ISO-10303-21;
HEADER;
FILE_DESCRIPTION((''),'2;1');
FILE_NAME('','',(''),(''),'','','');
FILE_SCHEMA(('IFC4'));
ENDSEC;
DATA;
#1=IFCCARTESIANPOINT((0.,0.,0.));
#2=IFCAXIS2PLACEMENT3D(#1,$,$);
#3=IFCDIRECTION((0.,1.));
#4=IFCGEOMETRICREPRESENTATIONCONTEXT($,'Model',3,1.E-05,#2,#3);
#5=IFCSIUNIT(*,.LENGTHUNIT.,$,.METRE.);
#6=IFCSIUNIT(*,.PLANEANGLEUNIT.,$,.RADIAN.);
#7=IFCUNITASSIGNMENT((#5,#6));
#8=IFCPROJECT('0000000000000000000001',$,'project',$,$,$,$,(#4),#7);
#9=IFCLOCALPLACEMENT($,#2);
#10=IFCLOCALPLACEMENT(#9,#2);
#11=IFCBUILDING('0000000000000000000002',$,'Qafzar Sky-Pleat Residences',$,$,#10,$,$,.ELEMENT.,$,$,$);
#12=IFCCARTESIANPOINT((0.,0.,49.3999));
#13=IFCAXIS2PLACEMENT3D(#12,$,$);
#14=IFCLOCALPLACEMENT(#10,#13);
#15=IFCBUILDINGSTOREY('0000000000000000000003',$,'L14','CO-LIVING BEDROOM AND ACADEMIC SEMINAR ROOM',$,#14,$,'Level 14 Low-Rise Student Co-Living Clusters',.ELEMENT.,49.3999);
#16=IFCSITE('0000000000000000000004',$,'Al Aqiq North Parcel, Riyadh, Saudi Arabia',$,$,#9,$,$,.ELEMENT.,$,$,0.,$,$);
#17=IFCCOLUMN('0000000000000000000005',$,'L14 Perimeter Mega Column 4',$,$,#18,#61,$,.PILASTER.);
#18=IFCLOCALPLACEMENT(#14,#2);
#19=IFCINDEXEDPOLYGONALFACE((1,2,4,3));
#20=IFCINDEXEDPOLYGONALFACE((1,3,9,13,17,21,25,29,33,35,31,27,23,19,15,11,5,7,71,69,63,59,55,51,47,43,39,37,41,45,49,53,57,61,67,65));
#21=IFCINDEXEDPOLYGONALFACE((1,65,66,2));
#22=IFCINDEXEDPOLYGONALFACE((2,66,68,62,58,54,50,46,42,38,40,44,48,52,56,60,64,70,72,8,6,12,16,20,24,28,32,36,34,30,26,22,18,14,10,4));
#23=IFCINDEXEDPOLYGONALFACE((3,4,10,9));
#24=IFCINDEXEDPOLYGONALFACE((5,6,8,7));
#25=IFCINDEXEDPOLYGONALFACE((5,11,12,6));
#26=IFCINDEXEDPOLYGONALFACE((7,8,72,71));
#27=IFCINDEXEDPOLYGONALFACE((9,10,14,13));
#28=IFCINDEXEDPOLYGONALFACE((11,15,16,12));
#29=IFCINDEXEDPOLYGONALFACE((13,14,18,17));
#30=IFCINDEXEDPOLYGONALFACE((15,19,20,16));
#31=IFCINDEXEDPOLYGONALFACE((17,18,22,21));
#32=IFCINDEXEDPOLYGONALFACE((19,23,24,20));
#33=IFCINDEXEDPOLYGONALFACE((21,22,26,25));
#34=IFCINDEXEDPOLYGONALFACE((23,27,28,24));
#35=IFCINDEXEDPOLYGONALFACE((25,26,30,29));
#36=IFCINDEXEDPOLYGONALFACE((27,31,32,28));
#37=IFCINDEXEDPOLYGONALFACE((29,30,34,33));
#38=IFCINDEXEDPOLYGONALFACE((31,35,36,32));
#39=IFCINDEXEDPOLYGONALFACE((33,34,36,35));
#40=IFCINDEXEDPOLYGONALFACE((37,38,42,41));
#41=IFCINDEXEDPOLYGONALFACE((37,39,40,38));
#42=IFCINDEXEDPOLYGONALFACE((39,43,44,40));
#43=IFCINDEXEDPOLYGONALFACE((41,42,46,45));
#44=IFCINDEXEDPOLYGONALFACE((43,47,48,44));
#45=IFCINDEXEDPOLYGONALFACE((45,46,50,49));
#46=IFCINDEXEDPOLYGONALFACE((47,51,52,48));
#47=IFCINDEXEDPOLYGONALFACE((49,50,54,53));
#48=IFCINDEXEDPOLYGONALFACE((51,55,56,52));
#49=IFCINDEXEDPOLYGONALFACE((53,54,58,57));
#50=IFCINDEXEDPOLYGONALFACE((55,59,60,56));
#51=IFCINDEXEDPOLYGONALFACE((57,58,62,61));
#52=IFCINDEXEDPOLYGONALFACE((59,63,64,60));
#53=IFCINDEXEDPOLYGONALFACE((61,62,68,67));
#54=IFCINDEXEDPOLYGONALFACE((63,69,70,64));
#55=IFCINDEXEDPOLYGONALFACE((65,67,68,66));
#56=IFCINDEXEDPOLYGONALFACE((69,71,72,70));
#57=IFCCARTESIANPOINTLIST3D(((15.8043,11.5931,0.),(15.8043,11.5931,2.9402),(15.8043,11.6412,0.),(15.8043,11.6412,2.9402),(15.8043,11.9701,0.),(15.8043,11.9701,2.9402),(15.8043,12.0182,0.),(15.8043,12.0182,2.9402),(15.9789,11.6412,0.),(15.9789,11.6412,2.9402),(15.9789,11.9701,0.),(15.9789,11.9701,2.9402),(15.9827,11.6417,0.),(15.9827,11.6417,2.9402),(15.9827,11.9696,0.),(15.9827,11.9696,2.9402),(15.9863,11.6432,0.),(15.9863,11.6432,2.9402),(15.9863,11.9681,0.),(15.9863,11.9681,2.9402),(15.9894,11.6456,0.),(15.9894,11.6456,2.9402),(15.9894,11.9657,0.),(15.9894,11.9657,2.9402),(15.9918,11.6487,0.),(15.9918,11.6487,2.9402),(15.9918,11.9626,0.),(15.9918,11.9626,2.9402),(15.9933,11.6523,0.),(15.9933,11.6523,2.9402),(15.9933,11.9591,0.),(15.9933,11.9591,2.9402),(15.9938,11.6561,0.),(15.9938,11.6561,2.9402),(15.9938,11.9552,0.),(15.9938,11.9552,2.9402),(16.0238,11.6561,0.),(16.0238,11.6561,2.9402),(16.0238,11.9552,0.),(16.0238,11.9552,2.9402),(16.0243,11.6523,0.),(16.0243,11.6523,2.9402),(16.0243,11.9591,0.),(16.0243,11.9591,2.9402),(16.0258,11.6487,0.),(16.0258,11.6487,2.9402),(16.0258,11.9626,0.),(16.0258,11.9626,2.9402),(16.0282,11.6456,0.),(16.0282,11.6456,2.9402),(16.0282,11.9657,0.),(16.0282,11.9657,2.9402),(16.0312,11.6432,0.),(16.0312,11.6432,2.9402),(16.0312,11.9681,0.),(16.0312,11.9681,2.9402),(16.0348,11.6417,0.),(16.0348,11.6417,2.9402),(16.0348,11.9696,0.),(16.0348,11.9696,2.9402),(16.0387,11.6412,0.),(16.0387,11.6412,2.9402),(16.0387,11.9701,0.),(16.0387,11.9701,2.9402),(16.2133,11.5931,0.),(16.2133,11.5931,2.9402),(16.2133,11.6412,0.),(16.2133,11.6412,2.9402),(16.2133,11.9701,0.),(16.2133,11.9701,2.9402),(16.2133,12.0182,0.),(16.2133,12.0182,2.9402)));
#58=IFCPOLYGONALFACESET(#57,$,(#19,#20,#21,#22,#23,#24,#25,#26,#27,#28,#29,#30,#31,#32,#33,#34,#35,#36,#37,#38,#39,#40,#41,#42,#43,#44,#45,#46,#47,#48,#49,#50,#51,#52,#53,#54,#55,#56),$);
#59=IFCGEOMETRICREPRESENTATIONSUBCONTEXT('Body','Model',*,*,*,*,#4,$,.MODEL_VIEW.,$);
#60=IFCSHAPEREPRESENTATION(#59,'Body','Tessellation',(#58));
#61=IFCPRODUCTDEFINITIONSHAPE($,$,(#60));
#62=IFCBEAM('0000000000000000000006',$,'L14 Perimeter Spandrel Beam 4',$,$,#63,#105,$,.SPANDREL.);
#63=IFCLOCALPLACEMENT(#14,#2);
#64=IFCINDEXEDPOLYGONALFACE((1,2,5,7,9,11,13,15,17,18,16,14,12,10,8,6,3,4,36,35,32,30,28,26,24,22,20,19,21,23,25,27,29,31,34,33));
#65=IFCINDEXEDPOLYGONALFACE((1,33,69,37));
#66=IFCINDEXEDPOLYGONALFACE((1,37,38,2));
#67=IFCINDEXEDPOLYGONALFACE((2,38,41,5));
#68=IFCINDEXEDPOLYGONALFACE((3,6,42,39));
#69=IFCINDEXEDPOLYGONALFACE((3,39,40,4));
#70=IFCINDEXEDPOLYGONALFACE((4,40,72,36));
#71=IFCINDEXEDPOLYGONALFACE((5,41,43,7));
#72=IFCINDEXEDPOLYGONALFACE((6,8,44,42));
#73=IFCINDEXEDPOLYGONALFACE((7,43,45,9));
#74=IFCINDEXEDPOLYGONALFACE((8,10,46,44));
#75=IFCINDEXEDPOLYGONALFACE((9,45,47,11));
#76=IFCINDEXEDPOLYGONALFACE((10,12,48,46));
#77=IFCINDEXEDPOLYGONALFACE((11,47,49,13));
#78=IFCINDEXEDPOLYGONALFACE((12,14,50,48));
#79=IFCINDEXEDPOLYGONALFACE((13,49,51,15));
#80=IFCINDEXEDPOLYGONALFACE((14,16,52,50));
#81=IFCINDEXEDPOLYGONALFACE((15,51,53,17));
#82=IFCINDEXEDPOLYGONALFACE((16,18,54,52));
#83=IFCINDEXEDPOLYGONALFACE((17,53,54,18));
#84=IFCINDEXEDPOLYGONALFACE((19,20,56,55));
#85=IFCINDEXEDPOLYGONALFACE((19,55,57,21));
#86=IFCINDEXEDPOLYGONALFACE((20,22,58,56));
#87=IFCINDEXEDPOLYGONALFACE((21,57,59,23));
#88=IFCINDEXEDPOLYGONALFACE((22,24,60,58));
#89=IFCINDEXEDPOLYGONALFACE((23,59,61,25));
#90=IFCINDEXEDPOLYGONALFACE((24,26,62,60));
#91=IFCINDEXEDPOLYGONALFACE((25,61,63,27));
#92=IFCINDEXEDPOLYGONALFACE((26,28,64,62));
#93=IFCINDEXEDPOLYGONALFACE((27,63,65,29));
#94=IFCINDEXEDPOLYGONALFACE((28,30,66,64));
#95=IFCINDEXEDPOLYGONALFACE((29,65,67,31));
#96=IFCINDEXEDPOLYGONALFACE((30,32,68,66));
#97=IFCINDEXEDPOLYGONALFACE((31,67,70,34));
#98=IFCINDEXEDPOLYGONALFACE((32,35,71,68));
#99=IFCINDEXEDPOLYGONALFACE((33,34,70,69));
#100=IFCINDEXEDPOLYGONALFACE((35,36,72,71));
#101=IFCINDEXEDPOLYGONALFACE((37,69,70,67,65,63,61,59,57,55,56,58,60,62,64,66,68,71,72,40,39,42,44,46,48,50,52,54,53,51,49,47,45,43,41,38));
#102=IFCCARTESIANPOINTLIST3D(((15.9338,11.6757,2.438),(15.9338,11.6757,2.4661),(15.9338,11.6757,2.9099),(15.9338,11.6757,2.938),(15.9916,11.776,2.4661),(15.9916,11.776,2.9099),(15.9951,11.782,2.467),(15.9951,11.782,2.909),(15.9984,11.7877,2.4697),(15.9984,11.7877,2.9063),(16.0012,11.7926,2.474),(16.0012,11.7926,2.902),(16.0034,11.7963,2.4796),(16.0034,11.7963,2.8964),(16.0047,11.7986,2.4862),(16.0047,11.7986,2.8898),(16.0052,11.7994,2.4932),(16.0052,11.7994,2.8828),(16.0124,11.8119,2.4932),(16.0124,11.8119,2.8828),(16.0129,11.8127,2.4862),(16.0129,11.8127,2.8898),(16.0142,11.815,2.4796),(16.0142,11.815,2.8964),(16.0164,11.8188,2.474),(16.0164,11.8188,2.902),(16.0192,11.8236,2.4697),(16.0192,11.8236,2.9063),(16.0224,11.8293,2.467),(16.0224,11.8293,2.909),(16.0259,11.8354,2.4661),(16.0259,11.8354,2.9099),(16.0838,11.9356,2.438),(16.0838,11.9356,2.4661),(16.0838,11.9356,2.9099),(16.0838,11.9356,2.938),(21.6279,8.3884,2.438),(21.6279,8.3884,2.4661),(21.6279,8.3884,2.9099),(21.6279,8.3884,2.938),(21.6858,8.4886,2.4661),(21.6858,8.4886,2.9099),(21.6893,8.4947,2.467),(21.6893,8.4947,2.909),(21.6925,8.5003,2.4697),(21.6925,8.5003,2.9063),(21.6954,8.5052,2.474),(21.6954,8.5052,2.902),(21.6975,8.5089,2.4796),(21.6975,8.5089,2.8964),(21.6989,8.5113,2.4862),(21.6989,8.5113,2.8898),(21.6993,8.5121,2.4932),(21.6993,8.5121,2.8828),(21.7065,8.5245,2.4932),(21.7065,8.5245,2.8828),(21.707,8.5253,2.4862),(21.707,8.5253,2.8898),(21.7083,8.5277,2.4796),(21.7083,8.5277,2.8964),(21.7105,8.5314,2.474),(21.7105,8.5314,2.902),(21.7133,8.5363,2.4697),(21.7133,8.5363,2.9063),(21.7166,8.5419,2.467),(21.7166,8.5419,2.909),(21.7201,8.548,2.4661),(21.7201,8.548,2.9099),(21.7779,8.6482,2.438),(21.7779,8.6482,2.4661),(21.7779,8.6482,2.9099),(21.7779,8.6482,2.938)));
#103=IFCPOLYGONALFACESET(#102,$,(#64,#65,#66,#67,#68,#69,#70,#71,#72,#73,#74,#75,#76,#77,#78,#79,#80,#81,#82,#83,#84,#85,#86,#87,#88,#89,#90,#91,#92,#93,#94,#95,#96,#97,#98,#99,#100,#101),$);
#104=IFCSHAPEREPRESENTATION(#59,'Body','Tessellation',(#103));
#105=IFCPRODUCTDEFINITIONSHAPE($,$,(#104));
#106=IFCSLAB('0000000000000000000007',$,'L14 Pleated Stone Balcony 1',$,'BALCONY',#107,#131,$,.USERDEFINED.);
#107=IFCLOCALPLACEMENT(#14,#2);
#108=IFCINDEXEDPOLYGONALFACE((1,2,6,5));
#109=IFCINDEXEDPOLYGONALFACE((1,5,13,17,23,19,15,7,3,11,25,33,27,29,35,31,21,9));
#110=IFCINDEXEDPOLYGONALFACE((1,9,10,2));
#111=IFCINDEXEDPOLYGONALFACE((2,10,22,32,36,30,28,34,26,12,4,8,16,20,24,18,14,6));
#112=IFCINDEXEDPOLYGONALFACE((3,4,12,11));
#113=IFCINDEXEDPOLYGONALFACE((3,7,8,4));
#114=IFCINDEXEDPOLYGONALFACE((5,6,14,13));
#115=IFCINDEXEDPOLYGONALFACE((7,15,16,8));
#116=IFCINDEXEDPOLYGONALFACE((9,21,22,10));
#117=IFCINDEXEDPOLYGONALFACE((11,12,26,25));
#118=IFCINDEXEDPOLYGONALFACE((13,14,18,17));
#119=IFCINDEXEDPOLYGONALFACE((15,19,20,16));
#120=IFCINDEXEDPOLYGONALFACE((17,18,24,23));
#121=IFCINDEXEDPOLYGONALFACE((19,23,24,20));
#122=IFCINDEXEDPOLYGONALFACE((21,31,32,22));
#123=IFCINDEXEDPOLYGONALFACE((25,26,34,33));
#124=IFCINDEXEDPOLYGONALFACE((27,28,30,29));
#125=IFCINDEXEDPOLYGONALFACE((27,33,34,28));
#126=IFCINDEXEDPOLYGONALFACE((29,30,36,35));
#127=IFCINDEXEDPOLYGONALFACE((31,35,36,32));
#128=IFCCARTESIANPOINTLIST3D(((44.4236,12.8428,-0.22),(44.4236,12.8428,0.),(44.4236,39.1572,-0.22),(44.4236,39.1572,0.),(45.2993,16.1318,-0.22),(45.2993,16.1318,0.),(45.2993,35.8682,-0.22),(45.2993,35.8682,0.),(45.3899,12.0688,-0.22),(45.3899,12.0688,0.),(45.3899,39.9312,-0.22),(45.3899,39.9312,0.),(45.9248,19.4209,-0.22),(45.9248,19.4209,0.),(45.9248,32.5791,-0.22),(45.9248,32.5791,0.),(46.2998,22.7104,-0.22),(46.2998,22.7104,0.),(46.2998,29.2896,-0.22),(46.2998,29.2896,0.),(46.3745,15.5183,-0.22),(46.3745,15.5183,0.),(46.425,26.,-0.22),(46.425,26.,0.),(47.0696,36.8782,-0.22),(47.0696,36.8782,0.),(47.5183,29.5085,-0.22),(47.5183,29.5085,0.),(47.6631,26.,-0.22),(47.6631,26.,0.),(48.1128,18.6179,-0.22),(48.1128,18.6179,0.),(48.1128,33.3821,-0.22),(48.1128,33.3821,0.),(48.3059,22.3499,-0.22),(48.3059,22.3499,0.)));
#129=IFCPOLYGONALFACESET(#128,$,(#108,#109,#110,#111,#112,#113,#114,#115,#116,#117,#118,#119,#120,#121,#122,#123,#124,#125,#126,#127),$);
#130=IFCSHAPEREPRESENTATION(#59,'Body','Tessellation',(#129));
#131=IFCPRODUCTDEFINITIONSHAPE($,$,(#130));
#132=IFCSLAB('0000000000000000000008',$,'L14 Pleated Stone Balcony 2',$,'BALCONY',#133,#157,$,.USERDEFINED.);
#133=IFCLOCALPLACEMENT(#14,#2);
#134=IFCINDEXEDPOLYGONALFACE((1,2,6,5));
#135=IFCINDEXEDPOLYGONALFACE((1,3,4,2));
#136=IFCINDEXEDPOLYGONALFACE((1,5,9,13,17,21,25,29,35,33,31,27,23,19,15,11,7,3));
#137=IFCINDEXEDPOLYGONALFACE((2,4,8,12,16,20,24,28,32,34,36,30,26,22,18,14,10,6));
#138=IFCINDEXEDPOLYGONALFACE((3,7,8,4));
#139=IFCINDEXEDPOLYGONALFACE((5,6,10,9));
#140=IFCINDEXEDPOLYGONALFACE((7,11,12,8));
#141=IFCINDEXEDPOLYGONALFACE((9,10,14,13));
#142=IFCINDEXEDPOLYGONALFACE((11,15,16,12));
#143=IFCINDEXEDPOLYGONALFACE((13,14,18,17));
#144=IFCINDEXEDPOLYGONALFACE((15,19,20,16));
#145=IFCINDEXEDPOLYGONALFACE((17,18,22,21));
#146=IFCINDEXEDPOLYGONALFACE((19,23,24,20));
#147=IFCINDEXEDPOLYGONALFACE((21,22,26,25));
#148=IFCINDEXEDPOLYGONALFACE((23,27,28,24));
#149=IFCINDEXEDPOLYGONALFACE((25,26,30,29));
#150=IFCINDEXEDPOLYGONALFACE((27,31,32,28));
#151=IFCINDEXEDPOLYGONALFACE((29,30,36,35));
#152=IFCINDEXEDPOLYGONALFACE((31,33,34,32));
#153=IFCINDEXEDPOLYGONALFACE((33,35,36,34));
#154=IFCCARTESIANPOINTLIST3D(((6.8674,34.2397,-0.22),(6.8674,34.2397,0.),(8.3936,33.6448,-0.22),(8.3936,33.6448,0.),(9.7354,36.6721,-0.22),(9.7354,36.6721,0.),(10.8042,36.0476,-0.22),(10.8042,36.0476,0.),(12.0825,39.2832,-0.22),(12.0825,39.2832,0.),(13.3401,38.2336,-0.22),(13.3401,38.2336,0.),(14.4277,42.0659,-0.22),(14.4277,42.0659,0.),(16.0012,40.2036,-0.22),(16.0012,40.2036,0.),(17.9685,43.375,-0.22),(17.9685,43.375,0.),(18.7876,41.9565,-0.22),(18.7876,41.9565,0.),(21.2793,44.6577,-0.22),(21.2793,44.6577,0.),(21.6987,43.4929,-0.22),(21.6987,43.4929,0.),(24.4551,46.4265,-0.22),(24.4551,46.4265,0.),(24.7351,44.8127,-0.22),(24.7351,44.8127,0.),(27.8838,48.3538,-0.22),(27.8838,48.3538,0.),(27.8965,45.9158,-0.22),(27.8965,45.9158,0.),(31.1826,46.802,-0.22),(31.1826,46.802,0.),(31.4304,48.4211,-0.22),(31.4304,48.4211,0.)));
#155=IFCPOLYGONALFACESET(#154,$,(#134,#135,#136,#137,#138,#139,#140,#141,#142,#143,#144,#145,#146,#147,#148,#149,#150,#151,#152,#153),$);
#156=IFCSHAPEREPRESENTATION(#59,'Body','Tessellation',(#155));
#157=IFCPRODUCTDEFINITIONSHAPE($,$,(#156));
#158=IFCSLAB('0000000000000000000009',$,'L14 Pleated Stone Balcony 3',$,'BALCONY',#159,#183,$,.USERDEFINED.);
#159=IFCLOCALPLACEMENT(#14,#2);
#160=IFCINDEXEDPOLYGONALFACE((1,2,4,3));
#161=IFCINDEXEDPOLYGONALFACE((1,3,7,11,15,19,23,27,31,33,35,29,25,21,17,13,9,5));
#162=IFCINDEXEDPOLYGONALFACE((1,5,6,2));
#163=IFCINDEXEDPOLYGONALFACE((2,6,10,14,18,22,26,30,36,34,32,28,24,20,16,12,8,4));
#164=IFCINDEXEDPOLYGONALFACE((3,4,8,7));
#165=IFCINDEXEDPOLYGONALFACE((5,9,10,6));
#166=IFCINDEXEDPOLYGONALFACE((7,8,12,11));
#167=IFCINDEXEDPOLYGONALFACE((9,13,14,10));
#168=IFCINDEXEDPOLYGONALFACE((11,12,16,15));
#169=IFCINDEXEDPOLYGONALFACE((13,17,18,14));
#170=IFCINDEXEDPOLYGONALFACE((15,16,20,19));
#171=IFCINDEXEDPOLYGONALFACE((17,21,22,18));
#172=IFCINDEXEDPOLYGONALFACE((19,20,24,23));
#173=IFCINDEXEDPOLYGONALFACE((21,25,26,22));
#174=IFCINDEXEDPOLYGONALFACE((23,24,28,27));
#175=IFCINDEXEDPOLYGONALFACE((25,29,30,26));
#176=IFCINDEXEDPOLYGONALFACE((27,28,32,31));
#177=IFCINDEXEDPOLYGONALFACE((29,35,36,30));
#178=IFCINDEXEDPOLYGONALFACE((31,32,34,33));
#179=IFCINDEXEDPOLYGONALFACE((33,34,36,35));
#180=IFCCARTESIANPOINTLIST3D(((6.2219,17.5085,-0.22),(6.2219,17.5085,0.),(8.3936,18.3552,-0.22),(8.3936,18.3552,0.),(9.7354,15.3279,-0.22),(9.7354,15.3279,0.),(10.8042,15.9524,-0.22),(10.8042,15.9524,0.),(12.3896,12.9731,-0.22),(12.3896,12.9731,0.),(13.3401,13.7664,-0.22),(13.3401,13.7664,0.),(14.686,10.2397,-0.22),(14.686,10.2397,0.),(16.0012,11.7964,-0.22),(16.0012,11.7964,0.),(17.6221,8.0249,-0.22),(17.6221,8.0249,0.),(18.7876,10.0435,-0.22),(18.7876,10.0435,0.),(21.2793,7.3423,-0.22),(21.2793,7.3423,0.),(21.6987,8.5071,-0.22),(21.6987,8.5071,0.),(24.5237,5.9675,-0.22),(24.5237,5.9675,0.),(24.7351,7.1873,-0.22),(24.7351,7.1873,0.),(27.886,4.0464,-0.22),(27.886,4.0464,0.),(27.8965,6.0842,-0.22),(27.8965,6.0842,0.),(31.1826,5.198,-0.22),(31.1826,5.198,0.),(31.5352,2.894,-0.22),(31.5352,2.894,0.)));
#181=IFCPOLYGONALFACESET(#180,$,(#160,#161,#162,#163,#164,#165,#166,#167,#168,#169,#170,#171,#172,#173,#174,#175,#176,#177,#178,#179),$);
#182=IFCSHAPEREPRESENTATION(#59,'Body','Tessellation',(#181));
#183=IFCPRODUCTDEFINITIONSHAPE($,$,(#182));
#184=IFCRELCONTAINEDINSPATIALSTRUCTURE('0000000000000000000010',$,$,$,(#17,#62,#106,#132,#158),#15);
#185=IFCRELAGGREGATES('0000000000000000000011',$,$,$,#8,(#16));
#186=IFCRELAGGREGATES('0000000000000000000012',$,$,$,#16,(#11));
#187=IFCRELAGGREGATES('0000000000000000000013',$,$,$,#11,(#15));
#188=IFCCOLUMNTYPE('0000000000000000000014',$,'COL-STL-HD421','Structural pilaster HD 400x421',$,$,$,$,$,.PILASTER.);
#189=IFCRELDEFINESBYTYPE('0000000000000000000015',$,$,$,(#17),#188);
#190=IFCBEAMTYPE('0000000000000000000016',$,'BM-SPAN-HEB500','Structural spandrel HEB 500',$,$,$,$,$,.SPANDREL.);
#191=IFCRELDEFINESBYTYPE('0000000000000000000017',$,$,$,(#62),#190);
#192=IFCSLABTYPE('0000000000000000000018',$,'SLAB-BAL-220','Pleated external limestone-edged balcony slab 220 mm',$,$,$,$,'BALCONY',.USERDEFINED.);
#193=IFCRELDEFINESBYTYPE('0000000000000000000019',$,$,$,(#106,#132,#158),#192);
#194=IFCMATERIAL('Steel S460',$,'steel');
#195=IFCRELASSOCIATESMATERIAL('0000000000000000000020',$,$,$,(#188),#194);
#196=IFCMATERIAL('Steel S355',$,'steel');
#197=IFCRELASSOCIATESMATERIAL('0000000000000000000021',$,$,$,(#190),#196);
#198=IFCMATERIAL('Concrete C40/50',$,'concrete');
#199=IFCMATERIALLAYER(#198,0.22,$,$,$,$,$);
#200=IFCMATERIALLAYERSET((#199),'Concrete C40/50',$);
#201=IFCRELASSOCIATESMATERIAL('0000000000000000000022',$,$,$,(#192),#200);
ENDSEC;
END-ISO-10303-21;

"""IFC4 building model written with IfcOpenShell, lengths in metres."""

from ifc_helpers import new_model, si_unit, direction, frame, origin, origin_2d, place, context, subcontext, project, spatial, polyline, i_section, outline, extrude, source, transform, mapped, material, layer, layer_set, material_profile, profile_set, type_object, element, save


model = new_model("IFC4")

# Units and contexts
model_context = context("Model", 3, precision=1e-05, world=origin(), true_north=direction((0.0, 1.0)))
body_context = subcontext(model_context, "Body", "Model", "MODEL_VIEW")
ifc_project = project(units=[si_unit("LENGTHUNIT", "METRE"), si_unit("PLANEANGLEUNIT", "RADIAN")], contexts=[model_context])

# Site, building, storey
site_placement = place(None, origin())
site = spatial("IfcSite", under=ifc_project, at=site_placement, Name="Al Aqiq North Parcel, Riyadh, Saudi Arabia", CompositionType="ELEMENT", RefElevation=0.0)
building_placement = place(site_placement, origin())
building = spatial("IfcBuilding", under=site, at=building_placement, Name="Qafzar Sky-Pleat Residences", CompositionType="ELEMENT")
storey_placement = place(building_placement, frame((0.0, 0.0, 49.3999)))
storey = spatial("IfcBuildingStorey", under=building, at=storey_placement, Name="L14", Description="CO-LIVING BEDROOM AND ACADEMIC SEMINAR ROOM", LongName="Level 14 Low-Rise Student Co-Living Clusters", CompositionType="ELEMENT", Elevation=49.3999)

# Column
ifc_material_1 = material(Name="Steel S460", Category="steel")
ifc_material_profile_1 = material_profile(ifc_material_1, i_section(OverallWidth=0.4089, OverallDepth=0.425, WebThickness=0.03, FlangeThickness=0.0481, FilletRadius=0.0149, at=origin_2d()), Name="HD 400x421")
ifc_profile_set_1 = profile_set([ifc_material_profile_1], Name="Steel S460")
column_type = type_object("IfcColumnType", Name="COL-STL-HD421", Description="Structural pilaster HD 400x421", PredefinedType="PILASTER", material=ifc_profile_set_1)
shared_shape_1 = source(origin(), body_context, "Body", "SweptSolid", [
    extrude(i_section(OverallWidth=0.4089, OverallDepth=0.425, WebThickness=0.03, FlangeThickness=0.0481, FilletRadius=0.0149, at=origin_2d()), origin(), (0.0, 0.0, 1.0), 2.9402),
])
column_placement = place(storey_placement, frame((16.0088, 11.8057, 0.0), z_axis=(0.0, 0.0, 1.0), x_axis=(1.0, 0.0, 0.0)))
element("IfcColumn", 1, at=column_placement, inside=storey, type_object=column_type, Name="L14 Perimeter Mega Column 4", PredefinedType="PILASTER", context=body_context, shape_type="MappedRepresentation", body=[
    mapped(shared_shape_1, transform((0.0, 0.0, 0.0), x_axis=(1.0, 0.0, 0.0), y_axis=(0.0, 1.0, 0.0), z_axis=(0.0, 0.0, 1.0), scale=1.0)),
])

# Beam
ifc_material_2 = material(Name="Steel S355", Category="steel")
ifc_material_profile_2 = material_profile(ifc_material_2, i_section(OverallWidth=0.3, OverallDepth=0.5, WebThickness=0.0144, FlangeThickness=0.0281, FilletRadius=0.0271, at=origin_2d()), Name="HEB 500")
ifc_profile_set_2 = profile_set([ifc_material_profile_2], Name="Steel S355")
beam_type = type_object("IfcBeamType", Name="BM-SPAN-HEB500", Description="Structural spandrel HEB 500", PredefinedType="SPANDREL", material=ifc_profile_set_2)
shared_shape_2 = source(origin(), body_context, "Body", "SweptSolid", [
    extrude(i_section(OverallWidth=0.3, OverallDepth=0.5, WebThickness=0.0144, FlangeThickness=0.0281, FilletRadius=0.0271, at=origin_2d()), origin(), (0.0, 0.0, 1.0), 6.575),
])
beam_placement = place(storey_placement, frame((16.0088, 11.8057, 2.688), z_axis=(0.866034, -0.499985, 0.0), x_axis=(0.499985, 0.866034, 0.0)))
element("IfcBeam", 2, at=beam_placement, inside=storey, type_object=beam_type, Name="L14 Perimeter Spandrel Beam 4", PredefinedType="SPANDREL", context=body_context, shape_type="MappedRepresentation", body=[
    mapped(shared_shape_2, transform((0.0, 0.0, 0.0), x_axis=(1.0, 0.0, 0.0), y_axis=(0.0, 1.0, 0.0), z_axis=(0.0, 0.0, 1.0), scale=1.0)),
])

# Slabs
ifc_material_3 = material(Name="Concrete C40/50", Category="concrete")
ifc_layer_1 = layer(ifc_material_3, 0.22)
ifc_layer_set_1 = layer_set([ifc_layer_1], Name="Concrete C40/50")
slab_type_1 = type_object("IfcSlabType", Name="SLAB-BAL-220", Description="Pleated external limestone-edged balcony slab 220 mm", ElementType="BALCONY", PredefinedType="USERDEFINED", material=ifc_layer_set_1)
slab_1_placement = place(storey_placement, frame((0.0, 0.0, -0.22)))
element("IfcSlab", 3, at=slab_1_placement, inside=storey, type_object=slab_type_1, Name="L14 Pleated Stone Balcony 1", ObjectType="BALCONY", PredefinedType="USERDEFINED", context=body_context, shape_type="SweptSolid", body=[
    extrude(outline(polyline([(45.2993, 16.1318), (45.9248, 19.4209), (46.2998, 22.7104), (46.425, 26.0), (46.2998, 29.2896), (45.9248, 32.5791), (45.2993, 35.8682), (44.4236, 39.1572), (45.3899, 39.9312), (47.0696, 36.8782), (48.1128, 33.3821), (47.5183, 29.5085), (47.6631, 26.0), (48.3059, 22.3499), (48.1128, 18.6179), (46.3745, 15.5183), (45.3899, 12.0688), (44.4236, 12.8428), (45.2993, 16.1318)])), origin(), (0.0, 0.0, 1.0), 0.22),
])
slab_2_placement = place(storey_placement, frame((0.0, 0.0, -0.22)))
element("IfcSlab", 4, at=slab_2_placement, inside=storey, type_object=slab_type_1, Name="L14 Pleated Stone Balcony 2", ObjectType="BALCONY", PredefinedType="USERDEFINED", context=body_context, shape_type="SweptSolid", body=[
    extrude(outline(polyline([(27.8965, 45.9158), (24.7351, 44.8127), (21.6987, 43.4929), (18.7876, 41.9565), (16.0012, 40.2036), (13.3401, 38.2336), (10.8042, 36.0476), (8.3936, 33.6448), (6.8674, 34.2397), (9.7354, 36.6721), (12.0825, 39.2832), (14.4277, 42.0659), (17.9685, 43.375), (21.2793, 44.6577), (24.4551, 46.4265), (27.8838, 48.3538), (31.4304, 48.4211), (31.1826, 46.802), (27.8965, 45.9158)])), origin(), (0.0, 0.0, 1.0), 0.22),
])
slab_3_placement = place(storey_placement, frame((0.0, 0.0, -0.22)))
element("IfcSlab", 5, at=slab_3_placement, inside=storey, type_object=slab_type_1, Name="L14 Pleated Stone Balcony 3", ObjectType="BALCONY", PredefinedType="USERDEFINED", context=body_context, shape_type="SweptSolid", body=[
    extrude(outline(polyline([(10.8042, 15.9524), (13.3401, 13.7664), (16.0012, 11.7964), (18.7876, 10.0435), (21.6987, 8.5071), (24.7351, 7.1873), (27.8965, 6.0842), (31.1826, 5.198), (31.5352, 2.894), (27.886, 4.0464), (24.5237, 5.9675), (21.2793, 7.3423), (17.6221, 8.0249), (14.686, 10.2397), (12.3896, 12.9731), (9.7354, 15.3279), (6.2219, 17.5085), (8.3936, 18.3552), (10.8042, 15.9524)])), origin(), (0.0, 0.0, 1.0), 0.22),
])

save(model, "model.ifc")
